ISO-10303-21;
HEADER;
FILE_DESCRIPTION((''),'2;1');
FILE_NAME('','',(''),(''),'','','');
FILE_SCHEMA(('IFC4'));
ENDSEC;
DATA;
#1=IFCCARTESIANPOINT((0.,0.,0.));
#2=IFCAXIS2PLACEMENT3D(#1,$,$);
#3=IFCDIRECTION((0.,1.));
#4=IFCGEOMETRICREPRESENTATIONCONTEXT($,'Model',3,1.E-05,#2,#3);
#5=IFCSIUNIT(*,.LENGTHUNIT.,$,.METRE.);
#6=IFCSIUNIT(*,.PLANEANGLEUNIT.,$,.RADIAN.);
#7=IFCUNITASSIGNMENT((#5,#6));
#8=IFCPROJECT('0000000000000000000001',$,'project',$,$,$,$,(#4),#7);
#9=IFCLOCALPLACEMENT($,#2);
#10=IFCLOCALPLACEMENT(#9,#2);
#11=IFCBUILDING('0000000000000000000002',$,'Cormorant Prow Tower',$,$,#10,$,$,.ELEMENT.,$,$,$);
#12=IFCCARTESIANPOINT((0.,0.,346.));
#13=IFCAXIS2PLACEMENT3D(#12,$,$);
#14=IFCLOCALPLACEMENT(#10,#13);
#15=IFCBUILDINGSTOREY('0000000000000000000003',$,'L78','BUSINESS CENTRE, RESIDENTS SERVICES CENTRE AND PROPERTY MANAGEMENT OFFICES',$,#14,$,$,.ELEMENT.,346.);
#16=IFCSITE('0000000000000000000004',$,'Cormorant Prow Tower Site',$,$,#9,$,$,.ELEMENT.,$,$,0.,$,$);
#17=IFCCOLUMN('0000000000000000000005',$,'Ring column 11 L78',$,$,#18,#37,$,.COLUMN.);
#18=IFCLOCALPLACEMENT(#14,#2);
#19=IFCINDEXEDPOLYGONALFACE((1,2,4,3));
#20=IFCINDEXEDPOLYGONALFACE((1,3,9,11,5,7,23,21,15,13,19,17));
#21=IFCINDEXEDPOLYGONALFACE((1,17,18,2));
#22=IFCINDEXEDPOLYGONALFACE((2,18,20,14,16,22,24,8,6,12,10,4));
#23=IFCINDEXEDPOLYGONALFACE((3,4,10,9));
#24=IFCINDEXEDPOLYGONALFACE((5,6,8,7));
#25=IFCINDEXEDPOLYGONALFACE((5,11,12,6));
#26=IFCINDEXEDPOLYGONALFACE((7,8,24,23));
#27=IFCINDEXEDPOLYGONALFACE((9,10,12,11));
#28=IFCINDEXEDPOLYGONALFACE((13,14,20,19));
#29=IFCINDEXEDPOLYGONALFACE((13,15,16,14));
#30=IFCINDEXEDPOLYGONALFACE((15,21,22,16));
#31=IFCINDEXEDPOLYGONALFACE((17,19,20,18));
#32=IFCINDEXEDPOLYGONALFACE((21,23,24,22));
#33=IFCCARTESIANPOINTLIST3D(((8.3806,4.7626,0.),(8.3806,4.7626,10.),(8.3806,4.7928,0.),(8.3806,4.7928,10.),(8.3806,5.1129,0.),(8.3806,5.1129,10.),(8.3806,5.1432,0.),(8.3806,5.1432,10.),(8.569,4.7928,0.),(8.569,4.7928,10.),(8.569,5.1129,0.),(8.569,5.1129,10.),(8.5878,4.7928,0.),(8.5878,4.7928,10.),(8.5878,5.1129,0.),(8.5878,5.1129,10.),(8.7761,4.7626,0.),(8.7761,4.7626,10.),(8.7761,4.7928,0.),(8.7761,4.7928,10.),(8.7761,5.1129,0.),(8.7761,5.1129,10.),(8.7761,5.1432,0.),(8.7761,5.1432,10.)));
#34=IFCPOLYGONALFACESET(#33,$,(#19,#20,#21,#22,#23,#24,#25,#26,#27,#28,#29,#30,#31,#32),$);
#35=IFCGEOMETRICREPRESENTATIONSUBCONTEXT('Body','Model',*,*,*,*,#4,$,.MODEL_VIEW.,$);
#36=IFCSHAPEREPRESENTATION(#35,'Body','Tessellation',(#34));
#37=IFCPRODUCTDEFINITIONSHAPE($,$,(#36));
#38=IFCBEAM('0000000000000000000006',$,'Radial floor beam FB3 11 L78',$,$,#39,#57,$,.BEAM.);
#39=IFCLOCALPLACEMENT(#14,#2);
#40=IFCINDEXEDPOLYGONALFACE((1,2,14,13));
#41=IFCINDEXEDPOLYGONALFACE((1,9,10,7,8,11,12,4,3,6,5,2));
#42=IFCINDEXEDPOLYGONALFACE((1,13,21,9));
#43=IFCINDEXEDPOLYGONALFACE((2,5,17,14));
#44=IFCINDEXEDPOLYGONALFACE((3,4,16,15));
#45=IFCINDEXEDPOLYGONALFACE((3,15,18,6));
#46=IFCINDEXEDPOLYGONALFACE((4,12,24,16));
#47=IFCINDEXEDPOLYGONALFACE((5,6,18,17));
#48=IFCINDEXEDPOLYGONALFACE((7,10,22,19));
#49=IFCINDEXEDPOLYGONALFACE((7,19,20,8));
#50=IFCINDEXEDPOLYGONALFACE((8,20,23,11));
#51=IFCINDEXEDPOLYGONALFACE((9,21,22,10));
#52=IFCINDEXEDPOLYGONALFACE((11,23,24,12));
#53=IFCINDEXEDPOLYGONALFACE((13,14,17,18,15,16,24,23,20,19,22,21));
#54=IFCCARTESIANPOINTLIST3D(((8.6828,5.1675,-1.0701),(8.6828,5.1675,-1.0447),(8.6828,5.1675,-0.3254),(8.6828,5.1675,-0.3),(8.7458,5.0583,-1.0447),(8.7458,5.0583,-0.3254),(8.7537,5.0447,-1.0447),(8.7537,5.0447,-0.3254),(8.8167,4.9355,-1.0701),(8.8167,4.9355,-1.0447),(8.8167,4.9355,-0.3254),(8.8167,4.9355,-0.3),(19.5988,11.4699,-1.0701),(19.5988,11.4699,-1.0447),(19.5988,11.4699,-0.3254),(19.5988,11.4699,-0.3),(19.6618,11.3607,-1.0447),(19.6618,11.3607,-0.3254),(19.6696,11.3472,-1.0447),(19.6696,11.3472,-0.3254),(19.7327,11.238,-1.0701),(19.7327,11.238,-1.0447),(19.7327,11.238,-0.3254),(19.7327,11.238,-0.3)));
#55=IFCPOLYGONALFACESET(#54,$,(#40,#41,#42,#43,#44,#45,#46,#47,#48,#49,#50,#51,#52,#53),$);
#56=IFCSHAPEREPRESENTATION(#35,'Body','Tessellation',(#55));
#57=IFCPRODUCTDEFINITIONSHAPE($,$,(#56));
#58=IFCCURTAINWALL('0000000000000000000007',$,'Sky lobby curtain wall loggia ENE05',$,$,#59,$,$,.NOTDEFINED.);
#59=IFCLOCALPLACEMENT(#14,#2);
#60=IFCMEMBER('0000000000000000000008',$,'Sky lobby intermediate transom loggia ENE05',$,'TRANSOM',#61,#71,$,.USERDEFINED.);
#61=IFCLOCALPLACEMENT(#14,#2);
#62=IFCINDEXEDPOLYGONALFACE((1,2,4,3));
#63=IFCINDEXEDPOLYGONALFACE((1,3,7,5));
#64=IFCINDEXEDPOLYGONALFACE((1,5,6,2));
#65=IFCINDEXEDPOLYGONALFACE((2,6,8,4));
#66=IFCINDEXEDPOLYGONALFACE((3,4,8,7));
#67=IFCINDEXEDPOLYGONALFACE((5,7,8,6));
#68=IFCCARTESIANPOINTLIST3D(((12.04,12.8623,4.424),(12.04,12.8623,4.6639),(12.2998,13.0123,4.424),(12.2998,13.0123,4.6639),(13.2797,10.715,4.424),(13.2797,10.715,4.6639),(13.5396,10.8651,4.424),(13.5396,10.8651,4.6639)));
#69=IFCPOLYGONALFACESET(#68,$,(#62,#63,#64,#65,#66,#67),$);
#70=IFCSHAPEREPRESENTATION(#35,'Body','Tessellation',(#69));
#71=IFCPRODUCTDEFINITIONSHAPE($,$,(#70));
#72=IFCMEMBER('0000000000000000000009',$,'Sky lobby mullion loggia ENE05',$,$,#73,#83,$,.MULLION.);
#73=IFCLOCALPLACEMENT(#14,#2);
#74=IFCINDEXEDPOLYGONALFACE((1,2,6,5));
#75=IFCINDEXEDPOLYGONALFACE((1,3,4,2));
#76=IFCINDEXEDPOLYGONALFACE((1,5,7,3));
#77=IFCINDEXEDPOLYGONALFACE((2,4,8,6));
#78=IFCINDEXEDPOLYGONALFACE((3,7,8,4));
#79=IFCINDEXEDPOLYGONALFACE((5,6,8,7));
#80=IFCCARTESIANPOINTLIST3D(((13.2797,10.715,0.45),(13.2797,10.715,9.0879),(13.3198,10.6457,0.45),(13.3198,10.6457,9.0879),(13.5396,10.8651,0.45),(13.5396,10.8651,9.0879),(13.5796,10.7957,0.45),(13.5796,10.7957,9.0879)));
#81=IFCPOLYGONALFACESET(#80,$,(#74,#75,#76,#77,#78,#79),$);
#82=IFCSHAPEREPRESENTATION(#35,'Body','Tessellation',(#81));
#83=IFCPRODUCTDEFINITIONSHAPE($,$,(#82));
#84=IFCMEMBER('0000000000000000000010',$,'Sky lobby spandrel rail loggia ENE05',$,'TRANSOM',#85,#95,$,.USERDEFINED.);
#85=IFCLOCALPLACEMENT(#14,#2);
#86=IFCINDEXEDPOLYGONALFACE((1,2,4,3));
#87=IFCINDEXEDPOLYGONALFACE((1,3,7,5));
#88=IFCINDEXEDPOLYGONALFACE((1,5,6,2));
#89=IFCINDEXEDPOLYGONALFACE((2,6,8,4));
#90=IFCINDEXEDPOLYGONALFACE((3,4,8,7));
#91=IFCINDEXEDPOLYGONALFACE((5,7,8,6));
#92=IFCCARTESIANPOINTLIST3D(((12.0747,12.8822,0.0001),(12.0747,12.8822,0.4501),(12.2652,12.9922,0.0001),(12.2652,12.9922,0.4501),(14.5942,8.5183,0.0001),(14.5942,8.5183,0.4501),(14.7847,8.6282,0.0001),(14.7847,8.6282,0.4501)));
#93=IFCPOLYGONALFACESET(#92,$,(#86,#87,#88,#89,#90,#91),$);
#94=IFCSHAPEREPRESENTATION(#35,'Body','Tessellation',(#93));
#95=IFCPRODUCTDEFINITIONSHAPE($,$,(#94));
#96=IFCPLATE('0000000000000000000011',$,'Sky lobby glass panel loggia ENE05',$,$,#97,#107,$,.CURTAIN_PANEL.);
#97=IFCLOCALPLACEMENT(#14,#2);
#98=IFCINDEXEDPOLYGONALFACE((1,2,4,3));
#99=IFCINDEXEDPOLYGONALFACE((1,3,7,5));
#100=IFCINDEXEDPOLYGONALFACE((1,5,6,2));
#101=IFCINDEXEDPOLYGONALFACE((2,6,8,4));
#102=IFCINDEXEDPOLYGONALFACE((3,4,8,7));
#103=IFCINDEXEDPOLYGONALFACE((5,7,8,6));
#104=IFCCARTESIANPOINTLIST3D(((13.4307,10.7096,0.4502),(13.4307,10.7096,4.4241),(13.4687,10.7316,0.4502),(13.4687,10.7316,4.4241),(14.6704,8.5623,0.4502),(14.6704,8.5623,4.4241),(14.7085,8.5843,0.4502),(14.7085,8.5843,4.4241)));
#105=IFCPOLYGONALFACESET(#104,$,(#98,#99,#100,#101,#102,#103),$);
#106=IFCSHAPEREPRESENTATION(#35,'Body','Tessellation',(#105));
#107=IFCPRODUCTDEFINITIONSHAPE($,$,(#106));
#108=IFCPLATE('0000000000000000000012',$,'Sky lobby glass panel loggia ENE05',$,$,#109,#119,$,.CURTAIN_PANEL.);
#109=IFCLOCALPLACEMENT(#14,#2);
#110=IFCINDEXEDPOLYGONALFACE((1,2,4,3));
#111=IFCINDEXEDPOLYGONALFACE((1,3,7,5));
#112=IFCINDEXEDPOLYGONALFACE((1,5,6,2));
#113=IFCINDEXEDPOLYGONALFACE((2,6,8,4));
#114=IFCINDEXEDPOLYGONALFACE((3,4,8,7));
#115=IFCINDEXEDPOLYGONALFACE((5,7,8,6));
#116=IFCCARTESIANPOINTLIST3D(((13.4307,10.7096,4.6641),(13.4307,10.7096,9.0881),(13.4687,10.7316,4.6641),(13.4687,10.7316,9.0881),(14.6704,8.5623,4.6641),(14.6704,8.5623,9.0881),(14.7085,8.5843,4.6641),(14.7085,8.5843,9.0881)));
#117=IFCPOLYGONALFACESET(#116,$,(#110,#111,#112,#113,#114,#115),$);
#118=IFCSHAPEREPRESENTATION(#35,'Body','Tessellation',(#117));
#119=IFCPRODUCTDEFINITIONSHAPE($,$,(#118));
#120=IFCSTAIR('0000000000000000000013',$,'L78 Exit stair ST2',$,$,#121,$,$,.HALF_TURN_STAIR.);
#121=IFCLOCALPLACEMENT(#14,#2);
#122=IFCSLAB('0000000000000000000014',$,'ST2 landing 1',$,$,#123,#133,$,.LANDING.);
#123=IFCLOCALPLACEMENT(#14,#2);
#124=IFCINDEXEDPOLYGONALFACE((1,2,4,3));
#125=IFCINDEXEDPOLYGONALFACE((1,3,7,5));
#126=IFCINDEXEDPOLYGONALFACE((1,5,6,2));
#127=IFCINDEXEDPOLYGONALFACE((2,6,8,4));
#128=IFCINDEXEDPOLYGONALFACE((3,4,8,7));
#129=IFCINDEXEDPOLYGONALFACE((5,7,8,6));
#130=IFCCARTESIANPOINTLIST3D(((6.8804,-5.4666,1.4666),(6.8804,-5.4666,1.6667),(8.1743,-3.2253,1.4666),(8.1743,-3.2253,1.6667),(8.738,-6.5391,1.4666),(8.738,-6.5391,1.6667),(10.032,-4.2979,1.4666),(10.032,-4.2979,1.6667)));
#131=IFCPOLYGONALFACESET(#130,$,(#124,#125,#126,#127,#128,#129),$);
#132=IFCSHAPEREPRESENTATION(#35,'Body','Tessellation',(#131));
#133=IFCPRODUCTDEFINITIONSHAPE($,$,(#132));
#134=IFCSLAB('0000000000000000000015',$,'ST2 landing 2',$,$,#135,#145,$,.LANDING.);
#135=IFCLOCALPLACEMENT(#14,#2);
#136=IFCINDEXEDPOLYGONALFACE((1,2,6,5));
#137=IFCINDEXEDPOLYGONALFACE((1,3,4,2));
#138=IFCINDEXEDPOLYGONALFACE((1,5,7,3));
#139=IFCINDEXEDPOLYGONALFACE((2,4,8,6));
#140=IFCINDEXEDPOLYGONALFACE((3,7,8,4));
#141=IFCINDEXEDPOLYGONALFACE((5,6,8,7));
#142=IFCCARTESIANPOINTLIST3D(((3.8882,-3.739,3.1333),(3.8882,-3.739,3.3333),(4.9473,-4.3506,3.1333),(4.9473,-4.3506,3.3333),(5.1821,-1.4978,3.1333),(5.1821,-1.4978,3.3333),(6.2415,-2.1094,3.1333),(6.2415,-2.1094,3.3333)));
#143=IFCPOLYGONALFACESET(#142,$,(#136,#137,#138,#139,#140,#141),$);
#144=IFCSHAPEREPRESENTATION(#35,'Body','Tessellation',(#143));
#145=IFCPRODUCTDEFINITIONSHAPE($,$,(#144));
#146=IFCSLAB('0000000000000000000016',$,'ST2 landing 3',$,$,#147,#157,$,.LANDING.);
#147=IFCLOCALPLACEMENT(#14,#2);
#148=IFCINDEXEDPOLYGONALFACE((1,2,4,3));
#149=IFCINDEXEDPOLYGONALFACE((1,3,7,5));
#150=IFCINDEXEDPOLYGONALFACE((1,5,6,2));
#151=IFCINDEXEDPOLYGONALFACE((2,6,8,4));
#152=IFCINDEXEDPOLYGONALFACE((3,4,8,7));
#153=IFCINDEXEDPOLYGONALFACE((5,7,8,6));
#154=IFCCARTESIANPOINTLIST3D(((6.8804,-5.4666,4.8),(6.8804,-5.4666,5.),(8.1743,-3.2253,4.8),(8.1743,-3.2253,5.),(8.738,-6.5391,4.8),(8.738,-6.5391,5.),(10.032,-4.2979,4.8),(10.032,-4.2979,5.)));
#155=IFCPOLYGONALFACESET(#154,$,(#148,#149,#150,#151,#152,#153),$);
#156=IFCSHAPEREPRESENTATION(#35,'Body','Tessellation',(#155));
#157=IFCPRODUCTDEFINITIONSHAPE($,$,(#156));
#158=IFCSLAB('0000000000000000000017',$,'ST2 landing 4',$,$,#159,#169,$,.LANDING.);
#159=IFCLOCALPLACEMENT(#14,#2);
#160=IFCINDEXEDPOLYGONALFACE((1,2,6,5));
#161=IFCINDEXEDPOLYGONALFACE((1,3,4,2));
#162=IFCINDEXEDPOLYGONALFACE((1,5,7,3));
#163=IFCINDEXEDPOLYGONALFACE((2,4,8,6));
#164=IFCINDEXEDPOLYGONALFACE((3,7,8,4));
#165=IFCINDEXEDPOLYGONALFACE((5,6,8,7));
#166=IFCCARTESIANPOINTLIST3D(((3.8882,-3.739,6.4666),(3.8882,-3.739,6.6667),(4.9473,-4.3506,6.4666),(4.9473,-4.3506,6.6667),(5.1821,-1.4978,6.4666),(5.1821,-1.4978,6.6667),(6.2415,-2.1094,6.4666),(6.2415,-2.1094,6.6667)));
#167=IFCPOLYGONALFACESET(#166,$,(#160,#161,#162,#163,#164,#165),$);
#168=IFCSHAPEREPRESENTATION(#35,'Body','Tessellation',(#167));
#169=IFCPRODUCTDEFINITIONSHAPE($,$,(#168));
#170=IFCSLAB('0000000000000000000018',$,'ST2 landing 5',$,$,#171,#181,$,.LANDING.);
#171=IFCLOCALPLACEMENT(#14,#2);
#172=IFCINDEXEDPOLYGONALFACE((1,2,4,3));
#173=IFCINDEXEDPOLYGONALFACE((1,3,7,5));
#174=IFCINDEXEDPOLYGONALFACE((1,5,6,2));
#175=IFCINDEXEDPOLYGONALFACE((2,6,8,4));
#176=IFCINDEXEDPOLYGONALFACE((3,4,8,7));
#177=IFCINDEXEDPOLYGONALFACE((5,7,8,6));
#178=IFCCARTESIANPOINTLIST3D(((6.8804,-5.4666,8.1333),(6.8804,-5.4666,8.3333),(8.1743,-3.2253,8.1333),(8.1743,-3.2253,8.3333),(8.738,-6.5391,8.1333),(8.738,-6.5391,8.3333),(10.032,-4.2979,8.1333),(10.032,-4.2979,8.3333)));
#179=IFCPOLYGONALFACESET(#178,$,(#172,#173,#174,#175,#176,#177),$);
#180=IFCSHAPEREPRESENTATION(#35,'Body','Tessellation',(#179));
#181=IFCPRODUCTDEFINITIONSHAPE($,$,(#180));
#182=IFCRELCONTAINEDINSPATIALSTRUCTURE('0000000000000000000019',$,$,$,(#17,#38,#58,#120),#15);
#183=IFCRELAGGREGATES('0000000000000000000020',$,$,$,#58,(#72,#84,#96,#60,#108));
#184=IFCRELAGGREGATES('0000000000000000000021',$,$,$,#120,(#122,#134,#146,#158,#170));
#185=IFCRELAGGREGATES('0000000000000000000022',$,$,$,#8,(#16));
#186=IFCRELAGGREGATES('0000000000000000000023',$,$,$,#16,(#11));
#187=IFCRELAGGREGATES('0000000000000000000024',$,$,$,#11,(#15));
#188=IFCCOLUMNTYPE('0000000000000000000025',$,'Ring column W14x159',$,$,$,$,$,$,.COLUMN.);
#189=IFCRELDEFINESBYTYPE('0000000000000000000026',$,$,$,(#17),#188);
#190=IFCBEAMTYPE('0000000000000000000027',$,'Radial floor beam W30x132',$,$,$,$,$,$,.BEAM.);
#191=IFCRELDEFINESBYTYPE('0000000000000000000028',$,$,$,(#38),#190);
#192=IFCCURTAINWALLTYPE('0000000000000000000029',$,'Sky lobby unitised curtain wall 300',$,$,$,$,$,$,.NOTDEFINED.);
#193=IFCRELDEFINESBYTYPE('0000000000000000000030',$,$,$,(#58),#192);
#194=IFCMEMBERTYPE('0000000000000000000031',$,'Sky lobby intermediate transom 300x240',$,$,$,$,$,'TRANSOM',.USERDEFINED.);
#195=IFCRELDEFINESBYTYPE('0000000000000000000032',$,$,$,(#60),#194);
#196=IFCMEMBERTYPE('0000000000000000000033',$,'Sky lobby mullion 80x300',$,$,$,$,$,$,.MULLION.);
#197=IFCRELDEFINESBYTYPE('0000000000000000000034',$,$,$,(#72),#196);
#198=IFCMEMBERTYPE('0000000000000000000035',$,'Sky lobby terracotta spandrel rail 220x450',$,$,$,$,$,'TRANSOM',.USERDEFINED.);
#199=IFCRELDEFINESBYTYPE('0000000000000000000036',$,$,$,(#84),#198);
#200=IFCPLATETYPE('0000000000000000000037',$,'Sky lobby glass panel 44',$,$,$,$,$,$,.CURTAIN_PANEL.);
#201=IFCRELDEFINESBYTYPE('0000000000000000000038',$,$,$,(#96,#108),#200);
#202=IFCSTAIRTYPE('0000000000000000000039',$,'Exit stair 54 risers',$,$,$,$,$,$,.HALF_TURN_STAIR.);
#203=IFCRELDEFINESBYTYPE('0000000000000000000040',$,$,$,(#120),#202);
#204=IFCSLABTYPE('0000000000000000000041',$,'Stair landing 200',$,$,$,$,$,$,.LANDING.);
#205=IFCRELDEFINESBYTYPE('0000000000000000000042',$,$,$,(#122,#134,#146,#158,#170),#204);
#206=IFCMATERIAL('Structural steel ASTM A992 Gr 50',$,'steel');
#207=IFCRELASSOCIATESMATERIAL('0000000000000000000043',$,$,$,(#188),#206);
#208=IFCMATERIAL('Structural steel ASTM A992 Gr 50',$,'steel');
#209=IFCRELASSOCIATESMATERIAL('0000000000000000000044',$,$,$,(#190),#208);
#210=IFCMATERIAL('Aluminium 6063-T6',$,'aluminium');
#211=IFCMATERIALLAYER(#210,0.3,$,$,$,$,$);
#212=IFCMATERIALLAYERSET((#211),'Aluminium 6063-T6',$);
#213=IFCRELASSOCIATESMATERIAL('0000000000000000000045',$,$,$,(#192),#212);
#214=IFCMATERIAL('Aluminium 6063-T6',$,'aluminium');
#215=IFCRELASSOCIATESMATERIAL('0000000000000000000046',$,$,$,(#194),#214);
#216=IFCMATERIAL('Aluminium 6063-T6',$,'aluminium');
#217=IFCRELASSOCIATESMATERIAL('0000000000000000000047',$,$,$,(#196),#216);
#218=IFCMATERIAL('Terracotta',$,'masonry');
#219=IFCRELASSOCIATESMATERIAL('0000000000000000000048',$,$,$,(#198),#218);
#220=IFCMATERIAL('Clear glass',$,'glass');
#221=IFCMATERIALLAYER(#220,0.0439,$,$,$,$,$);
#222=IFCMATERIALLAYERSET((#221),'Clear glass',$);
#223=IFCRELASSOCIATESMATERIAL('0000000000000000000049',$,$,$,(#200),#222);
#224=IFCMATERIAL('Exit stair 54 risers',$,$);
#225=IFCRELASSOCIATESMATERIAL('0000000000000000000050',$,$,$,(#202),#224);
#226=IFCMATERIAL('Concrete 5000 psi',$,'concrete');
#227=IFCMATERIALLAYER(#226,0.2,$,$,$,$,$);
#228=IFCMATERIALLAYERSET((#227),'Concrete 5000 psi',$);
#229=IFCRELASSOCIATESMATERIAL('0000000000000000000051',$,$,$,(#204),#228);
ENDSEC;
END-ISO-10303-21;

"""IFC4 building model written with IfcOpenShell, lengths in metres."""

from ifc_helpers import new_model, si_unit, direction, frame, origin, origin_2d, place, context, subcontext, project, spatial, polyline, rectangle, i_section, outline, extrude, material, layer, layer_set, material_profile, profile_set, type_object, element, aggregate, save


model = new_model("IFC4")

# Units and contexts
model_context = context("Model", 3, precision=1e-05, world=origin(), true_north=direction((0.0, 1.0)))
body_context = subcontext(model_context, "Body", "Model", "MODEL_VIEW")
ifc_project = project(units=[si_unit("LENGTHUNIT", "METRE"), si_unit("PLANEANGLEUNIT", "RADIAN")], contexts=[model_context])

# Site, building, storey
site_placement = place(None, origin())
site = spatial("IfcSite", under=ifc_project, at=site_placement, Name="Cormorant Prow Tower Site", CompositionType="ELEMENT", RefElevation=0.0)
building_placement = place(site_placement, origin())
building = spatial("IfcBuilding", under=site, at=building_placement, Name="Cormorant Prow Tower", CompositionType="ELEMENT")
storey_placement = place(building_placement, frame((0.0, 0.0, 346.0)))
storey = spatial("IfcBuildingStorey", under=building, at=storey_placement, Name="L78", Description="BUSINESS CENTRE, RESIDENTS SERVICES CENTRE AND PROPERTY MANAGEMENT OFFICES", CompositionType="ELEMENT", Elevation=346.0)

# Column
ifc_material_1 = material(Name="Structural steel ASTM A992 Gr 50", Category="steel")
ifc_material_profile_1 = material_profile(ifc_material_1, i_section(OverallWidth=0.3955, OverallDepth=0.3806, WebThickness=0.0188, FlangeThickness=0.0303, at=origin_2d()), Name="W14x159")
ifc_profile_set_1 = profile_set([ifc_material_profile_1], Name="Structural steel ASTM A992 Gr 50")
column_type = type_object("IfcColumnType", Name="Ring column W14x159", PredefinedType="COLUMN", material=ifc_profile_set_1)
column_placement = place(storey_placement, frame((8.5784, 4.9529, 0.0), z_axis=(0.0, 0.0, 1.0), x_axis=(1.0, 0.0, 0.0)))
element("IfcColumn", 1, at=column_placement, inside=storey, type_object=column_type, Name="Ring column 11 L78", PredefinedType="COLUMN", context=body_context, shape_type="SweptSolid", body=[
    extrude(i_section(OverallWidth=0.3955, OverallDepth=0.3806, WebThickness=0.0188, FlangeThickness=0.0303, at=origin_2d()), origin(), (0.0, 0.0, 1.0), 10.0),
])

# Beam
ifc_material_2 = material(Name="Structural steel ASTM A992 Gr 50", Category="steel")
ifc_material_profile_2 = material_profile(ifc_material_2, i_section(OverallWidth=0.2678, OverallDepth=0.77, WebThickness=0.0156, FlangeThickness=0.0254, at=origin_2d()), Name="W30x132")
ifc_profile_set_2 = profile_set([ifc_material_profile_2], Name="Structural steel ASTM A992 Gr 50")
beam_type = type_object("IfcBeamType", Name="Radial floor beam W30x132", PredefinedType="BEAM", material=ifc_profile_set_2)
beam_placement = place(storey_placement, frame((8.7498, 5.0515, -0.6851), z_axis=(0.866021, 0.500007, 0.0), x_axis=(-0.500007, 0.866021, 0.0)))
element("IfcBeam", 2, at=beam_placement, inside=storey, type_object=beam_type, Name="Radial floor beam FB3 11 L78", PredefinedType="BEAM", context=body_context, shape_type="SweptSolid", body=[
    extrude(i_section(OverallWidth=0.2678, OverallDepth=0.77, WebThickness=0.0156, FlangeThickness=0.0254, at=origin_2d()), origin(), (0.0, 0.0, 1.0), 12.6047),
])

# Curtain wall, members, plates
ifc_material_3 = material(Name="Aluminium 6063-T6", Category="aluminium")
ifc_layer_1 = layer(ifc_material_3, 0.3)
ifc_layer_set_1 = layer_set([ifc_layer_1], Name="Aluminium 6063-T6")
curtain_wall_type = type_object("IfcCurtainWallType", Name="Sky lobby unitised curtain wall 300", PredefinedType="NOTDEFINED", material=ifc_layer_set_1)
curtain_wall_placement = place(storey_placement, origin())
curtain_wall = element("IfcCurtainWall", 3, at=curtain_wall_placement, inside=storey, type_object=curtain_wall_type, Name="Sky lobby curtain wall loggia ENE05", PredefinedType="NOTDEFINED")
ifc_material_4 = material(Name="Aluminium 6063-T6", Category="aluminium")
ifc_material_profile_3 = material_profile(ifc_material_4, rectangle(XDim=0.3, YDim=0.24, at=origin_2d()), Name="Sky lobby intermediate transom 300x240")
ifc_profile_set_3 = profile_set([ifc_material_profile_3], Name="Aluminium 6063-T6")
member_type_1 = type_object("IfcMemberType", Name="Sky lobby intermediate transom 300x240", ElementType="TRANSOM", PredefinedType="USERDEFINED", material=ifc_profile_set_3)
member_1_placement = place(storey_placement, frame((13.4097, 10.79, 4.5439), z_axis=(-0.500015, 0.866017, 0.0), x_axis=(-0.866017, -0.500015, 0.0)))
member_1 = element("IfcMember", 4, at=member_1_placement, type_object=member_type_1, Name="Sky lobby intermediate transom loggia ENE05", ObjectType="TRANSOM", PredefinedType="USERDEFINED", context=body_context, shape_type="SweptSolid", body=[
    extrude(rectangle(XDim=0.3, YDim=0.24, at=origin_2d()), origin(), (0.0, 0.0, 1.0), 2.4795),
])
ifc_material_5 = material(Name="Aluminium 6063-T6", Category="aluminium")
ifc_material_profile_4 = material_profile(ifc_material_5, rectangle(XDim=0.3, YDim=0.0801, at=origin_2d()), Name="Sky lobby mullion 80x300")
ifc_profile_set_4 = profile_set([ifc_material_profile_4], Name="Aluminium 6063-T6")
member_type_2 = type_object("IfcMemberType", Name="Sky lobby mullion 80x300", PredefinedType="MULLION", material=ifc_profile_set_4)
member_2_placement = place(storey_placement, frame((13.4297, 10.7554, 0.45), z_axis=(0.0, 0.0, 1.0), x_axis=(-0.866025, -0.5, 0.0)))
member_2 = element("IfcMember", 5, at=member_2_placement, type_object=member_type_2, Name="Sky lobby mullion loggia ENE05", PredefinedType="MULLION", context=body_context, shape_type="SweptSolid", body=[
    extrude(rectangle(XDim=0.3, YDim=0.0801, at=origin_2d()), origin(), (0.0, 0.0, 1.0), 8.6379),
])
ifc_material_6 = material(Name="Terracotta", Category="masonry")
ifc_material_profile_5 = material_profile(ifc_material_6, rectangle(XDim=0.22, YDim=0.45, at=origin_2d()), Name="Sky lobby terracotta spandrel rail 220x450")
ifc_profile_set_5 = profile_set([ifc_material_profile_5], Name="Terracotta")
member_type_3 = type_object("IfcMemberType", Name="Sky lobby terracotta spandrel rail 220x450", ElementType="TRANSOM", PredefinedType="USERDEFINED", material=ifc_profile_set_5)
member_3_placement = place(storey_placement, frame((14.6895, 8.5732, 0.2251), z_axis=(-0.499995, 0.866028, 0.0), x_axis=(-0.866028, -0.499995, 0.0)))
member_3 = element("IfcMember", 6, at=member_3_placement, type_object=member_type_3, Name="Sky lobby spandrel rail loggia ENE05", ObjectType="TRANSOM", PredefinedType="USERDEFINED", context=body_context, shape_type="SweptSolid", body=[
    extrude(rectangle(XDim=0.22, YDim=0.45, at=origin_2d()), origin(), (0.0, 0.0, 1.0), 5.0391),
])
ifc_material_7 = material(Name="Clear glass", Category="glass")
ifc_layer_2 = layer(ifc_material_7, 0.0439)
ifc_layer_set_2 = layer_set([ifc_layer_2], Name="Clear glass")
plate_type = type_object("IfcPlateType", Name="Sky lobby glass panel 44", PredefinedType="CURTAIN_PANEL", material=ifc_layer_set_2)
plate_1_placement = place(storey_placement, frame((14.0696, 9.647, 0.4502), z_axis=(0.0, 0.0, 1.0), x_axis=(-0.5, 0.866025, 0.0)))
plate_1 = element("IfcPlate", 7, at=plate_1_placement, type_object=plate_type, Name="Sky lobby glass panel loggia ENE05", PredefinedType="CURTAIN_PANEL", context=body_context, shape_type="SweptSolid", body=[
    extrude(rectangle(XDim=2.4795, YDim=0.0439, at=origin_2d()), origin(), (0.0, 0.0, 1.0), 3.9739),
])
plate_2_placement = place(storey_placement, frame((14.0696, 9.647, 4.6641), z_axis=(0.0, 0.0, 1.0), x_axis=(-0.5, 0.866025, 0.0)))
plate_2 = element("IfcPlate", 8, at=plate_2_placement, type_object=plate_type, Name="Sky lobby glass panel loggia ENE05", PredefinedType="CURTAIN_PANEL", context=body_context, shape_type="SweptSolid", body=[
    extrude(rectangle(XDim=2.4795, YDim=0.0439, at=origin_2d()), origin(), (0.0, 0.0, 1.0), 4.4241),
])
aggregate(curtain_wall, [member_2, member_3, plate_1, member_1, plate_2])

# Stair, slabs
ifc_material_8 = material(Name="Exit stair 54 risers")
stair_type = type_object("IfcStairType", Name="Exit stair 54 risers", PredefinedType="HALF_TURN_STAIR", material=ifc_material_8)
stair_1_placement = place(storey_placement, origin())
stair_1 = element("IfcStair", 9, at=stair_1_placement, inside=storey, type_object=stair_type, Name="L78 Exit stair ST2", PredefinedType="HALF_TURN_STAIR")
ifc_material_9 = material(Name="Concrete 5000 psi", Category="concrete")
ifc_layer_3 = layer(ifc_material_9, 0.2)
ifc_layer_set_3 = layer_set([ifc_layer_3], Name="Concrete 5000 psi")
slab_type = type_object("IfcSlabType", Name="Stair landing 200", PredefinedType="LANDING", material=ifc_layer_set_3)
slab_1_placement = place(storey_placement, frame((0.0, 0.0, 1.4666)))
slab_1 = element("IfcSlab", 10, at=slab_1_placement, type_object=slab_type, Name="ST2 landing 1", PredefinedType="LANDING", context=body_context, shape_type="SweptSolid", body=[
    extrude(outline(polyline([(6.8804, -5.4666), (8.738, -6.5391), (10.032, -4.2979), (8.1743, -3.2253), (6.8804, -5.4666)])), origin(), (0.0, 0.0, 1.0), 0.2002),
])
slab_2_placement = place(storey_placement, frame((0.0, 0.0, 3.1333)))
slab_2 = element("IfcSlab", 11, at=slab_2_placement, type_object=slab_type, Name="ST2 landing 2", PredefinedType="LANDING", context=body_context, shape_type="SweptSolid", body=[
    extrude(outline(polyline([(3.8882, -3.739), (4.9473, -4.3506), (6.2415, -2.1094), (5.1821, -1.4978), (3.8882, -3.739)])), origin(), (0.0, 0.0, 1.0), 0.2),
])
slab_3_placement = place(storey_placement, frame((0.0, 0.0, 4.8)))
slab_3 = element("IfcSlab", 12, at=slab_3_placement, type_object=slab_type, Name="ST2 landing 3", PredefinedType="LANDING", context=body_context, shape_type="SweptSolid", body=[
    extrude(outline(polyline([(6.8804, -5.4666), (8.738, -6.5391), (10.032, -4.2979), (8.1743, -3.2253), (6.8804, -5.4666)])), origin(), (0.0, 0.0, 1.0), 0.2),
])
slab_4_placement = place(storey_placement, frame((0.0, 0.0, 6.4666)))
slab_4 = element("IfcSlab", 13, at=slab_4_placement, type_object=slab_type, Name="ST2 landing 4", PredefinedType="LANDING", context=body_context, shape_type="SweptSolid", body=[
    extrude(outline(polyline([(3.8882, -3.739), (4.9473, -4.3506), (6.2415, -2.1094), (5.1821, -1.4978), (3.8882, -3.739)])), origin(), (0.0, 0.0, 1.0), 0.2002),
])
slab_5_placement = place(storey_placement, frame((0.0, 0.0, 8.1333)))
slab_5 = element("IfcSlab", 14, at=slab_5_placement, type_object=slab_type, Name="ST2 landing 5", PredefinedType="LANDING", context=body_context, shape_type="SweptSolid", body=[
    extrude(outline(polyline([(6.8804, -5.4666), (8.738, -6.5391), (10.032, -4.2979), (8.1743, -3.2253), (6.8804, -5.4666)])), origin(), (0.0, 0.0, 1.0), 0.2),
])
aggregate(stair_1, [slab_1, slab_2, slab_3, slab_4, slab_5])

save(model, "model.ifc")
